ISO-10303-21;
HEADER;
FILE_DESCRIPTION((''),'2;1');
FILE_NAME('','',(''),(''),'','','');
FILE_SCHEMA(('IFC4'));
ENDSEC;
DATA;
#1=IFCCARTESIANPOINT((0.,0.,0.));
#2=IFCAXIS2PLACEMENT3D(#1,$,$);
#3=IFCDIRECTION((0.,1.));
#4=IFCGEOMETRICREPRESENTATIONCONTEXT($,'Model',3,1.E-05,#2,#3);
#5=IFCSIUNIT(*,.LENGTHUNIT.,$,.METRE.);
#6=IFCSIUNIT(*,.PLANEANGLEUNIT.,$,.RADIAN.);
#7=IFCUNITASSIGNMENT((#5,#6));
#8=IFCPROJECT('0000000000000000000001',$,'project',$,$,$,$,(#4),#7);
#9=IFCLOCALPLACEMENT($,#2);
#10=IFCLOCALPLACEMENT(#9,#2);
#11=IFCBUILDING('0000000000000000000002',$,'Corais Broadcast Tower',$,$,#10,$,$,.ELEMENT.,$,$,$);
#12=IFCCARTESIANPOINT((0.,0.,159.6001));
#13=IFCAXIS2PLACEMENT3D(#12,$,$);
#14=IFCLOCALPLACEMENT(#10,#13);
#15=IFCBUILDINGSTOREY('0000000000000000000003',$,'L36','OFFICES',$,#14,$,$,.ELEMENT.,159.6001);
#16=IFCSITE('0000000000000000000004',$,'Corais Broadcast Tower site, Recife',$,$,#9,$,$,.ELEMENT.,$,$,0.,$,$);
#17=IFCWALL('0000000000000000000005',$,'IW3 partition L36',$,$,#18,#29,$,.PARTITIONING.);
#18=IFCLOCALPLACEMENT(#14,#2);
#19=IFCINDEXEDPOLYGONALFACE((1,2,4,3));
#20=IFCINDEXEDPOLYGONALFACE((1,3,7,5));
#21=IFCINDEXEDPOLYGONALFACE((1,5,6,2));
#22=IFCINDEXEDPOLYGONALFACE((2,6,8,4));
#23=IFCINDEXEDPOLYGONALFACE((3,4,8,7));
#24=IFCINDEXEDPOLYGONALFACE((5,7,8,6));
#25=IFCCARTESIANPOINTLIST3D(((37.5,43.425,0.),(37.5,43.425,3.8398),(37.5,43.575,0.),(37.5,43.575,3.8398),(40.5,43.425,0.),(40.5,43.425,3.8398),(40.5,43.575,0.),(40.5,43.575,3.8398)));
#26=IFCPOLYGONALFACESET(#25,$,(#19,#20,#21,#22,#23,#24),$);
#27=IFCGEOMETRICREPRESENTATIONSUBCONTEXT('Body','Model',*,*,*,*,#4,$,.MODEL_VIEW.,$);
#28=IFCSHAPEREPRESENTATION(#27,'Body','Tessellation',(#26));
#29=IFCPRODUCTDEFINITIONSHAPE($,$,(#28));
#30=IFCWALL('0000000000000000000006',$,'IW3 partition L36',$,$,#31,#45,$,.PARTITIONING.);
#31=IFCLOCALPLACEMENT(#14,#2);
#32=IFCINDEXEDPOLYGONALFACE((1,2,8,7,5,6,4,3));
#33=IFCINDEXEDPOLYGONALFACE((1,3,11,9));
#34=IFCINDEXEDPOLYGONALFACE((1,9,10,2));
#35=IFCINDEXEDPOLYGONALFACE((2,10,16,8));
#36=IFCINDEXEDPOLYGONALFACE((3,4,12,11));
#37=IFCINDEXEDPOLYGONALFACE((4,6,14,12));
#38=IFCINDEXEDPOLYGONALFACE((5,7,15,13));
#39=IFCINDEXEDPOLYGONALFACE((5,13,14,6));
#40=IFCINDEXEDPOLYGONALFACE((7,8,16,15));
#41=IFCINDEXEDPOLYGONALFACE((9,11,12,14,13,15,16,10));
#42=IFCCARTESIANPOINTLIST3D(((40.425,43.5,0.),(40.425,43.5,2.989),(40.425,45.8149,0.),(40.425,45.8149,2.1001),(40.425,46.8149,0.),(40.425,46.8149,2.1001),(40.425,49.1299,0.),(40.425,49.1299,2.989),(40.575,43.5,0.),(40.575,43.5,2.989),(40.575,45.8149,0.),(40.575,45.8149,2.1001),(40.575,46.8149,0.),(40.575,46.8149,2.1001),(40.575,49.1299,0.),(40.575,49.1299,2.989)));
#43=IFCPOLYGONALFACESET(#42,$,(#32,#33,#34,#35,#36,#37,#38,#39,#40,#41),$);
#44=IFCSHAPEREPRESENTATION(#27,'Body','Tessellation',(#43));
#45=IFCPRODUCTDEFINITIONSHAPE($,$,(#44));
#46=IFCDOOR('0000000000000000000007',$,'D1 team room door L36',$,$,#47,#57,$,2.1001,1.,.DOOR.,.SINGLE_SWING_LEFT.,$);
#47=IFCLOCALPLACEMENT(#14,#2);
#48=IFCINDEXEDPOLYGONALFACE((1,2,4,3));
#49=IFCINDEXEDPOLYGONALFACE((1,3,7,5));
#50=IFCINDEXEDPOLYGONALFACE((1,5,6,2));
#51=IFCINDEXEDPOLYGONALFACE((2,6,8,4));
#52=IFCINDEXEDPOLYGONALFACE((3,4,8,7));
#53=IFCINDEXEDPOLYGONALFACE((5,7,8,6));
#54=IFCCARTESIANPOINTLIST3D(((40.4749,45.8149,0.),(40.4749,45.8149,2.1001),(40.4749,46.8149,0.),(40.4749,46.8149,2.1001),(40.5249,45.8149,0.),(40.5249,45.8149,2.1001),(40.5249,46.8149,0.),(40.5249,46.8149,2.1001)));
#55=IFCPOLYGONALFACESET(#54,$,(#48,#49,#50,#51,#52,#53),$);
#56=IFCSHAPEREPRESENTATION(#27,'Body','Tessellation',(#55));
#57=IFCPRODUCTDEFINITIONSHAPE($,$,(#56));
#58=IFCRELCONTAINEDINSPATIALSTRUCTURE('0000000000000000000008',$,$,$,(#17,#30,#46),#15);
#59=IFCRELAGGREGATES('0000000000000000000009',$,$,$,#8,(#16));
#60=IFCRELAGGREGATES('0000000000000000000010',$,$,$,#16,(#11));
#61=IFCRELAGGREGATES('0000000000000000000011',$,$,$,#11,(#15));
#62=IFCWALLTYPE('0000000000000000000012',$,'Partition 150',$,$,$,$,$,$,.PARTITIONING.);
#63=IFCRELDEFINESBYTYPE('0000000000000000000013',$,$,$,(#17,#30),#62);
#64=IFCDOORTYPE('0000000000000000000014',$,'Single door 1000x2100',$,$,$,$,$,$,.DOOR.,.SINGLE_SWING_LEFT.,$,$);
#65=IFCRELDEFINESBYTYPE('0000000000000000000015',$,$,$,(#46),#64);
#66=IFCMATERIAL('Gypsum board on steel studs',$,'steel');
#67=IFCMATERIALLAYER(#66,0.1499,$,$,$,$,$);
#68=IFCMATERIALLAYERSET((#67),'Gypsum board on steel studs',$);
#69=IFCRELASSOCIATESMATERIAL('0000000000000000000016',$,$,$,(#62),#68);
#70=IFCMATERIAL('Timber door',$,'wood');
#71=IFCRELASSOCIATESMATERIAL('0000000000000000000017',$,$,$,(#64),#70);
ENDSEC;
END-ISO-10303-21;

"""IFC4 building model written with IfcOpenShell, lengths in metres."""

from ifc_helpers import new_model, si_unit, direction, frame, frame_2d, origin, place, context, subcontext, project, spatial, rectangle, extrude, material, layer, layer_set, type_object, element, fill, save


model = new_model("IFC4")

# Units and contexts
model_context = context("Model", 3, precision=1e-05, world=origin(), true_north=direction((0.0, 1.0)))
body_context = subcontext(model_context, "Body", "Model", "MODEL_VIEW")
ifc_project = project(units=[si_unit("LENGTHUNIT", "METRE"), si_unit("PLANEANGLEUNIT", "RADIAN")], contexts=[model_context])

# Site, building, storey
site_placement = place(None, origin())
site = spatial("IfcSite", under=ifc_project, at=site_placement, Name="Corais Broadcast Tower site, Recife", CompositionType="ELEMENT", RefElevation=0.0)
building_placement = place(site_placement, origin())
building = spatial("IfcBuilding", under=site, at=building_placement, Name="Corais Broadcast Tower", CompositionType="ELEMENT")
storey_placement = place(building_placement, frame((0.0, 0.0, 159.6001)))
storey = spatial("IfcBuildingStorey", under=building, at=storey_placement, Name="L36", Description="OFFICES", CompositionType="ELEMENT", Elevation=159.6001)

# Wall
ifc_material_1 = material(Name="Gypsum board on steel studs", Category="steel")
ifc_layer_1 = layer(ifc_material_1, 0.1499)
ifc_layer_set_1 = layer_set([ifc_layer_1], Name="Gypsum board on steel studs")
wall_type = type_object("IfcWallType", Name="Partition 150", PredefinedType="PARTITIONING", material=ifc_layer_set_1)
wall_1_placement = place(storey_placement, frame((40.5, 43.5, 0.0), z_axis=(0.0, 0.0, 1.0), x_axis=(-1.0, 0.0, 0.0)))
element("IfcWall", 1, at=wall_1_placement, inside=storey, type_object=wall_type, Name="IW3 partition L36", PredefinedType="PARTITIONING", context=body_context, shape_type="SweptSolid", body=[
    extrude(rectangle(XDim=3.0, YDim=0.1499, at=frame_2d((1.5, 0.0))), origin(), (0.0, 0.0, 1.0), 3.8398),
])

# Wall, opening, door
wall_2_placement = place(storey_placement, frame((40.5, 49.1299, 0.0), z_axis=(0.0, 0.0, 1.0), x_axis=(0.0, -1.0, 0.0)))
wall_2 = element("IfcWall", 2, at=wall_2_placement, inside=storey, type_object=wall_type, Name="IW3 partition L36", PredefinedType="PARTITIONING", context=body_context, shape_type="SweptSolid", body=[
    extrude(rectangle(XDim=5.6299, YDim=0.1499, at=frame_2d((2.8149, 0.0))), origin(), (0.0, 0.0, 1.0), 2.989),
])
opening_placement = place(wall_2_placement, frame((2.3149, 0.0, 0.0)))
opening = element("IfcOpeningElement", 3, at=opening_placement, cuts=wall_2, PredefinedType="OPENING", context=body_context, shape_type="SweptSolid", body=[
    extrude(rectangle(XDim=1.0, YDim=2.1001, at=frame_2d((0.5, 1.05))), frame((0.0, 0.085, 0.0), z_axis=(0.0, -1.0, 0.0), x_axis=(1.0, 0.0, 0.0)), (0.0, 0.0, 1.0), 0.1699),
])
ifc_material_2 = material(Name="Timber door", Category="wood")
door_type = type_object("IfcDoorType", Name="Single door 1000x2100", OperationType="SINGLE_SWING_LEFT", PredefinedType="DOOR", material=ifc_material_2)
door_placement = place(opening_placement, origin())
door = element("IfcDoor", 4, at=door_placement, inside=storey, type_object=door_type, Name="D1 team room door L36", OperationType="SINGLE_SWING_LEFT", OverallHeight=2.1001, OverallWidth=1.0, PredefinedType="DOOR", context=body_context, shape_type="SweptSolid", body=[
    extrude(rectangle(XDim=1.0, YDim=2.1001, at=frame_2d((0.5, 1.05))), frame((0.0, 0.0249, 0.0), z_axis=(0.0, -1.0, 0.0), x_axis=(1.0, 0.0, 0.0)), (0.0, 0.0, 1.0), 0.05),
])
fill(opening, door)

save(model, "model.ifc")
